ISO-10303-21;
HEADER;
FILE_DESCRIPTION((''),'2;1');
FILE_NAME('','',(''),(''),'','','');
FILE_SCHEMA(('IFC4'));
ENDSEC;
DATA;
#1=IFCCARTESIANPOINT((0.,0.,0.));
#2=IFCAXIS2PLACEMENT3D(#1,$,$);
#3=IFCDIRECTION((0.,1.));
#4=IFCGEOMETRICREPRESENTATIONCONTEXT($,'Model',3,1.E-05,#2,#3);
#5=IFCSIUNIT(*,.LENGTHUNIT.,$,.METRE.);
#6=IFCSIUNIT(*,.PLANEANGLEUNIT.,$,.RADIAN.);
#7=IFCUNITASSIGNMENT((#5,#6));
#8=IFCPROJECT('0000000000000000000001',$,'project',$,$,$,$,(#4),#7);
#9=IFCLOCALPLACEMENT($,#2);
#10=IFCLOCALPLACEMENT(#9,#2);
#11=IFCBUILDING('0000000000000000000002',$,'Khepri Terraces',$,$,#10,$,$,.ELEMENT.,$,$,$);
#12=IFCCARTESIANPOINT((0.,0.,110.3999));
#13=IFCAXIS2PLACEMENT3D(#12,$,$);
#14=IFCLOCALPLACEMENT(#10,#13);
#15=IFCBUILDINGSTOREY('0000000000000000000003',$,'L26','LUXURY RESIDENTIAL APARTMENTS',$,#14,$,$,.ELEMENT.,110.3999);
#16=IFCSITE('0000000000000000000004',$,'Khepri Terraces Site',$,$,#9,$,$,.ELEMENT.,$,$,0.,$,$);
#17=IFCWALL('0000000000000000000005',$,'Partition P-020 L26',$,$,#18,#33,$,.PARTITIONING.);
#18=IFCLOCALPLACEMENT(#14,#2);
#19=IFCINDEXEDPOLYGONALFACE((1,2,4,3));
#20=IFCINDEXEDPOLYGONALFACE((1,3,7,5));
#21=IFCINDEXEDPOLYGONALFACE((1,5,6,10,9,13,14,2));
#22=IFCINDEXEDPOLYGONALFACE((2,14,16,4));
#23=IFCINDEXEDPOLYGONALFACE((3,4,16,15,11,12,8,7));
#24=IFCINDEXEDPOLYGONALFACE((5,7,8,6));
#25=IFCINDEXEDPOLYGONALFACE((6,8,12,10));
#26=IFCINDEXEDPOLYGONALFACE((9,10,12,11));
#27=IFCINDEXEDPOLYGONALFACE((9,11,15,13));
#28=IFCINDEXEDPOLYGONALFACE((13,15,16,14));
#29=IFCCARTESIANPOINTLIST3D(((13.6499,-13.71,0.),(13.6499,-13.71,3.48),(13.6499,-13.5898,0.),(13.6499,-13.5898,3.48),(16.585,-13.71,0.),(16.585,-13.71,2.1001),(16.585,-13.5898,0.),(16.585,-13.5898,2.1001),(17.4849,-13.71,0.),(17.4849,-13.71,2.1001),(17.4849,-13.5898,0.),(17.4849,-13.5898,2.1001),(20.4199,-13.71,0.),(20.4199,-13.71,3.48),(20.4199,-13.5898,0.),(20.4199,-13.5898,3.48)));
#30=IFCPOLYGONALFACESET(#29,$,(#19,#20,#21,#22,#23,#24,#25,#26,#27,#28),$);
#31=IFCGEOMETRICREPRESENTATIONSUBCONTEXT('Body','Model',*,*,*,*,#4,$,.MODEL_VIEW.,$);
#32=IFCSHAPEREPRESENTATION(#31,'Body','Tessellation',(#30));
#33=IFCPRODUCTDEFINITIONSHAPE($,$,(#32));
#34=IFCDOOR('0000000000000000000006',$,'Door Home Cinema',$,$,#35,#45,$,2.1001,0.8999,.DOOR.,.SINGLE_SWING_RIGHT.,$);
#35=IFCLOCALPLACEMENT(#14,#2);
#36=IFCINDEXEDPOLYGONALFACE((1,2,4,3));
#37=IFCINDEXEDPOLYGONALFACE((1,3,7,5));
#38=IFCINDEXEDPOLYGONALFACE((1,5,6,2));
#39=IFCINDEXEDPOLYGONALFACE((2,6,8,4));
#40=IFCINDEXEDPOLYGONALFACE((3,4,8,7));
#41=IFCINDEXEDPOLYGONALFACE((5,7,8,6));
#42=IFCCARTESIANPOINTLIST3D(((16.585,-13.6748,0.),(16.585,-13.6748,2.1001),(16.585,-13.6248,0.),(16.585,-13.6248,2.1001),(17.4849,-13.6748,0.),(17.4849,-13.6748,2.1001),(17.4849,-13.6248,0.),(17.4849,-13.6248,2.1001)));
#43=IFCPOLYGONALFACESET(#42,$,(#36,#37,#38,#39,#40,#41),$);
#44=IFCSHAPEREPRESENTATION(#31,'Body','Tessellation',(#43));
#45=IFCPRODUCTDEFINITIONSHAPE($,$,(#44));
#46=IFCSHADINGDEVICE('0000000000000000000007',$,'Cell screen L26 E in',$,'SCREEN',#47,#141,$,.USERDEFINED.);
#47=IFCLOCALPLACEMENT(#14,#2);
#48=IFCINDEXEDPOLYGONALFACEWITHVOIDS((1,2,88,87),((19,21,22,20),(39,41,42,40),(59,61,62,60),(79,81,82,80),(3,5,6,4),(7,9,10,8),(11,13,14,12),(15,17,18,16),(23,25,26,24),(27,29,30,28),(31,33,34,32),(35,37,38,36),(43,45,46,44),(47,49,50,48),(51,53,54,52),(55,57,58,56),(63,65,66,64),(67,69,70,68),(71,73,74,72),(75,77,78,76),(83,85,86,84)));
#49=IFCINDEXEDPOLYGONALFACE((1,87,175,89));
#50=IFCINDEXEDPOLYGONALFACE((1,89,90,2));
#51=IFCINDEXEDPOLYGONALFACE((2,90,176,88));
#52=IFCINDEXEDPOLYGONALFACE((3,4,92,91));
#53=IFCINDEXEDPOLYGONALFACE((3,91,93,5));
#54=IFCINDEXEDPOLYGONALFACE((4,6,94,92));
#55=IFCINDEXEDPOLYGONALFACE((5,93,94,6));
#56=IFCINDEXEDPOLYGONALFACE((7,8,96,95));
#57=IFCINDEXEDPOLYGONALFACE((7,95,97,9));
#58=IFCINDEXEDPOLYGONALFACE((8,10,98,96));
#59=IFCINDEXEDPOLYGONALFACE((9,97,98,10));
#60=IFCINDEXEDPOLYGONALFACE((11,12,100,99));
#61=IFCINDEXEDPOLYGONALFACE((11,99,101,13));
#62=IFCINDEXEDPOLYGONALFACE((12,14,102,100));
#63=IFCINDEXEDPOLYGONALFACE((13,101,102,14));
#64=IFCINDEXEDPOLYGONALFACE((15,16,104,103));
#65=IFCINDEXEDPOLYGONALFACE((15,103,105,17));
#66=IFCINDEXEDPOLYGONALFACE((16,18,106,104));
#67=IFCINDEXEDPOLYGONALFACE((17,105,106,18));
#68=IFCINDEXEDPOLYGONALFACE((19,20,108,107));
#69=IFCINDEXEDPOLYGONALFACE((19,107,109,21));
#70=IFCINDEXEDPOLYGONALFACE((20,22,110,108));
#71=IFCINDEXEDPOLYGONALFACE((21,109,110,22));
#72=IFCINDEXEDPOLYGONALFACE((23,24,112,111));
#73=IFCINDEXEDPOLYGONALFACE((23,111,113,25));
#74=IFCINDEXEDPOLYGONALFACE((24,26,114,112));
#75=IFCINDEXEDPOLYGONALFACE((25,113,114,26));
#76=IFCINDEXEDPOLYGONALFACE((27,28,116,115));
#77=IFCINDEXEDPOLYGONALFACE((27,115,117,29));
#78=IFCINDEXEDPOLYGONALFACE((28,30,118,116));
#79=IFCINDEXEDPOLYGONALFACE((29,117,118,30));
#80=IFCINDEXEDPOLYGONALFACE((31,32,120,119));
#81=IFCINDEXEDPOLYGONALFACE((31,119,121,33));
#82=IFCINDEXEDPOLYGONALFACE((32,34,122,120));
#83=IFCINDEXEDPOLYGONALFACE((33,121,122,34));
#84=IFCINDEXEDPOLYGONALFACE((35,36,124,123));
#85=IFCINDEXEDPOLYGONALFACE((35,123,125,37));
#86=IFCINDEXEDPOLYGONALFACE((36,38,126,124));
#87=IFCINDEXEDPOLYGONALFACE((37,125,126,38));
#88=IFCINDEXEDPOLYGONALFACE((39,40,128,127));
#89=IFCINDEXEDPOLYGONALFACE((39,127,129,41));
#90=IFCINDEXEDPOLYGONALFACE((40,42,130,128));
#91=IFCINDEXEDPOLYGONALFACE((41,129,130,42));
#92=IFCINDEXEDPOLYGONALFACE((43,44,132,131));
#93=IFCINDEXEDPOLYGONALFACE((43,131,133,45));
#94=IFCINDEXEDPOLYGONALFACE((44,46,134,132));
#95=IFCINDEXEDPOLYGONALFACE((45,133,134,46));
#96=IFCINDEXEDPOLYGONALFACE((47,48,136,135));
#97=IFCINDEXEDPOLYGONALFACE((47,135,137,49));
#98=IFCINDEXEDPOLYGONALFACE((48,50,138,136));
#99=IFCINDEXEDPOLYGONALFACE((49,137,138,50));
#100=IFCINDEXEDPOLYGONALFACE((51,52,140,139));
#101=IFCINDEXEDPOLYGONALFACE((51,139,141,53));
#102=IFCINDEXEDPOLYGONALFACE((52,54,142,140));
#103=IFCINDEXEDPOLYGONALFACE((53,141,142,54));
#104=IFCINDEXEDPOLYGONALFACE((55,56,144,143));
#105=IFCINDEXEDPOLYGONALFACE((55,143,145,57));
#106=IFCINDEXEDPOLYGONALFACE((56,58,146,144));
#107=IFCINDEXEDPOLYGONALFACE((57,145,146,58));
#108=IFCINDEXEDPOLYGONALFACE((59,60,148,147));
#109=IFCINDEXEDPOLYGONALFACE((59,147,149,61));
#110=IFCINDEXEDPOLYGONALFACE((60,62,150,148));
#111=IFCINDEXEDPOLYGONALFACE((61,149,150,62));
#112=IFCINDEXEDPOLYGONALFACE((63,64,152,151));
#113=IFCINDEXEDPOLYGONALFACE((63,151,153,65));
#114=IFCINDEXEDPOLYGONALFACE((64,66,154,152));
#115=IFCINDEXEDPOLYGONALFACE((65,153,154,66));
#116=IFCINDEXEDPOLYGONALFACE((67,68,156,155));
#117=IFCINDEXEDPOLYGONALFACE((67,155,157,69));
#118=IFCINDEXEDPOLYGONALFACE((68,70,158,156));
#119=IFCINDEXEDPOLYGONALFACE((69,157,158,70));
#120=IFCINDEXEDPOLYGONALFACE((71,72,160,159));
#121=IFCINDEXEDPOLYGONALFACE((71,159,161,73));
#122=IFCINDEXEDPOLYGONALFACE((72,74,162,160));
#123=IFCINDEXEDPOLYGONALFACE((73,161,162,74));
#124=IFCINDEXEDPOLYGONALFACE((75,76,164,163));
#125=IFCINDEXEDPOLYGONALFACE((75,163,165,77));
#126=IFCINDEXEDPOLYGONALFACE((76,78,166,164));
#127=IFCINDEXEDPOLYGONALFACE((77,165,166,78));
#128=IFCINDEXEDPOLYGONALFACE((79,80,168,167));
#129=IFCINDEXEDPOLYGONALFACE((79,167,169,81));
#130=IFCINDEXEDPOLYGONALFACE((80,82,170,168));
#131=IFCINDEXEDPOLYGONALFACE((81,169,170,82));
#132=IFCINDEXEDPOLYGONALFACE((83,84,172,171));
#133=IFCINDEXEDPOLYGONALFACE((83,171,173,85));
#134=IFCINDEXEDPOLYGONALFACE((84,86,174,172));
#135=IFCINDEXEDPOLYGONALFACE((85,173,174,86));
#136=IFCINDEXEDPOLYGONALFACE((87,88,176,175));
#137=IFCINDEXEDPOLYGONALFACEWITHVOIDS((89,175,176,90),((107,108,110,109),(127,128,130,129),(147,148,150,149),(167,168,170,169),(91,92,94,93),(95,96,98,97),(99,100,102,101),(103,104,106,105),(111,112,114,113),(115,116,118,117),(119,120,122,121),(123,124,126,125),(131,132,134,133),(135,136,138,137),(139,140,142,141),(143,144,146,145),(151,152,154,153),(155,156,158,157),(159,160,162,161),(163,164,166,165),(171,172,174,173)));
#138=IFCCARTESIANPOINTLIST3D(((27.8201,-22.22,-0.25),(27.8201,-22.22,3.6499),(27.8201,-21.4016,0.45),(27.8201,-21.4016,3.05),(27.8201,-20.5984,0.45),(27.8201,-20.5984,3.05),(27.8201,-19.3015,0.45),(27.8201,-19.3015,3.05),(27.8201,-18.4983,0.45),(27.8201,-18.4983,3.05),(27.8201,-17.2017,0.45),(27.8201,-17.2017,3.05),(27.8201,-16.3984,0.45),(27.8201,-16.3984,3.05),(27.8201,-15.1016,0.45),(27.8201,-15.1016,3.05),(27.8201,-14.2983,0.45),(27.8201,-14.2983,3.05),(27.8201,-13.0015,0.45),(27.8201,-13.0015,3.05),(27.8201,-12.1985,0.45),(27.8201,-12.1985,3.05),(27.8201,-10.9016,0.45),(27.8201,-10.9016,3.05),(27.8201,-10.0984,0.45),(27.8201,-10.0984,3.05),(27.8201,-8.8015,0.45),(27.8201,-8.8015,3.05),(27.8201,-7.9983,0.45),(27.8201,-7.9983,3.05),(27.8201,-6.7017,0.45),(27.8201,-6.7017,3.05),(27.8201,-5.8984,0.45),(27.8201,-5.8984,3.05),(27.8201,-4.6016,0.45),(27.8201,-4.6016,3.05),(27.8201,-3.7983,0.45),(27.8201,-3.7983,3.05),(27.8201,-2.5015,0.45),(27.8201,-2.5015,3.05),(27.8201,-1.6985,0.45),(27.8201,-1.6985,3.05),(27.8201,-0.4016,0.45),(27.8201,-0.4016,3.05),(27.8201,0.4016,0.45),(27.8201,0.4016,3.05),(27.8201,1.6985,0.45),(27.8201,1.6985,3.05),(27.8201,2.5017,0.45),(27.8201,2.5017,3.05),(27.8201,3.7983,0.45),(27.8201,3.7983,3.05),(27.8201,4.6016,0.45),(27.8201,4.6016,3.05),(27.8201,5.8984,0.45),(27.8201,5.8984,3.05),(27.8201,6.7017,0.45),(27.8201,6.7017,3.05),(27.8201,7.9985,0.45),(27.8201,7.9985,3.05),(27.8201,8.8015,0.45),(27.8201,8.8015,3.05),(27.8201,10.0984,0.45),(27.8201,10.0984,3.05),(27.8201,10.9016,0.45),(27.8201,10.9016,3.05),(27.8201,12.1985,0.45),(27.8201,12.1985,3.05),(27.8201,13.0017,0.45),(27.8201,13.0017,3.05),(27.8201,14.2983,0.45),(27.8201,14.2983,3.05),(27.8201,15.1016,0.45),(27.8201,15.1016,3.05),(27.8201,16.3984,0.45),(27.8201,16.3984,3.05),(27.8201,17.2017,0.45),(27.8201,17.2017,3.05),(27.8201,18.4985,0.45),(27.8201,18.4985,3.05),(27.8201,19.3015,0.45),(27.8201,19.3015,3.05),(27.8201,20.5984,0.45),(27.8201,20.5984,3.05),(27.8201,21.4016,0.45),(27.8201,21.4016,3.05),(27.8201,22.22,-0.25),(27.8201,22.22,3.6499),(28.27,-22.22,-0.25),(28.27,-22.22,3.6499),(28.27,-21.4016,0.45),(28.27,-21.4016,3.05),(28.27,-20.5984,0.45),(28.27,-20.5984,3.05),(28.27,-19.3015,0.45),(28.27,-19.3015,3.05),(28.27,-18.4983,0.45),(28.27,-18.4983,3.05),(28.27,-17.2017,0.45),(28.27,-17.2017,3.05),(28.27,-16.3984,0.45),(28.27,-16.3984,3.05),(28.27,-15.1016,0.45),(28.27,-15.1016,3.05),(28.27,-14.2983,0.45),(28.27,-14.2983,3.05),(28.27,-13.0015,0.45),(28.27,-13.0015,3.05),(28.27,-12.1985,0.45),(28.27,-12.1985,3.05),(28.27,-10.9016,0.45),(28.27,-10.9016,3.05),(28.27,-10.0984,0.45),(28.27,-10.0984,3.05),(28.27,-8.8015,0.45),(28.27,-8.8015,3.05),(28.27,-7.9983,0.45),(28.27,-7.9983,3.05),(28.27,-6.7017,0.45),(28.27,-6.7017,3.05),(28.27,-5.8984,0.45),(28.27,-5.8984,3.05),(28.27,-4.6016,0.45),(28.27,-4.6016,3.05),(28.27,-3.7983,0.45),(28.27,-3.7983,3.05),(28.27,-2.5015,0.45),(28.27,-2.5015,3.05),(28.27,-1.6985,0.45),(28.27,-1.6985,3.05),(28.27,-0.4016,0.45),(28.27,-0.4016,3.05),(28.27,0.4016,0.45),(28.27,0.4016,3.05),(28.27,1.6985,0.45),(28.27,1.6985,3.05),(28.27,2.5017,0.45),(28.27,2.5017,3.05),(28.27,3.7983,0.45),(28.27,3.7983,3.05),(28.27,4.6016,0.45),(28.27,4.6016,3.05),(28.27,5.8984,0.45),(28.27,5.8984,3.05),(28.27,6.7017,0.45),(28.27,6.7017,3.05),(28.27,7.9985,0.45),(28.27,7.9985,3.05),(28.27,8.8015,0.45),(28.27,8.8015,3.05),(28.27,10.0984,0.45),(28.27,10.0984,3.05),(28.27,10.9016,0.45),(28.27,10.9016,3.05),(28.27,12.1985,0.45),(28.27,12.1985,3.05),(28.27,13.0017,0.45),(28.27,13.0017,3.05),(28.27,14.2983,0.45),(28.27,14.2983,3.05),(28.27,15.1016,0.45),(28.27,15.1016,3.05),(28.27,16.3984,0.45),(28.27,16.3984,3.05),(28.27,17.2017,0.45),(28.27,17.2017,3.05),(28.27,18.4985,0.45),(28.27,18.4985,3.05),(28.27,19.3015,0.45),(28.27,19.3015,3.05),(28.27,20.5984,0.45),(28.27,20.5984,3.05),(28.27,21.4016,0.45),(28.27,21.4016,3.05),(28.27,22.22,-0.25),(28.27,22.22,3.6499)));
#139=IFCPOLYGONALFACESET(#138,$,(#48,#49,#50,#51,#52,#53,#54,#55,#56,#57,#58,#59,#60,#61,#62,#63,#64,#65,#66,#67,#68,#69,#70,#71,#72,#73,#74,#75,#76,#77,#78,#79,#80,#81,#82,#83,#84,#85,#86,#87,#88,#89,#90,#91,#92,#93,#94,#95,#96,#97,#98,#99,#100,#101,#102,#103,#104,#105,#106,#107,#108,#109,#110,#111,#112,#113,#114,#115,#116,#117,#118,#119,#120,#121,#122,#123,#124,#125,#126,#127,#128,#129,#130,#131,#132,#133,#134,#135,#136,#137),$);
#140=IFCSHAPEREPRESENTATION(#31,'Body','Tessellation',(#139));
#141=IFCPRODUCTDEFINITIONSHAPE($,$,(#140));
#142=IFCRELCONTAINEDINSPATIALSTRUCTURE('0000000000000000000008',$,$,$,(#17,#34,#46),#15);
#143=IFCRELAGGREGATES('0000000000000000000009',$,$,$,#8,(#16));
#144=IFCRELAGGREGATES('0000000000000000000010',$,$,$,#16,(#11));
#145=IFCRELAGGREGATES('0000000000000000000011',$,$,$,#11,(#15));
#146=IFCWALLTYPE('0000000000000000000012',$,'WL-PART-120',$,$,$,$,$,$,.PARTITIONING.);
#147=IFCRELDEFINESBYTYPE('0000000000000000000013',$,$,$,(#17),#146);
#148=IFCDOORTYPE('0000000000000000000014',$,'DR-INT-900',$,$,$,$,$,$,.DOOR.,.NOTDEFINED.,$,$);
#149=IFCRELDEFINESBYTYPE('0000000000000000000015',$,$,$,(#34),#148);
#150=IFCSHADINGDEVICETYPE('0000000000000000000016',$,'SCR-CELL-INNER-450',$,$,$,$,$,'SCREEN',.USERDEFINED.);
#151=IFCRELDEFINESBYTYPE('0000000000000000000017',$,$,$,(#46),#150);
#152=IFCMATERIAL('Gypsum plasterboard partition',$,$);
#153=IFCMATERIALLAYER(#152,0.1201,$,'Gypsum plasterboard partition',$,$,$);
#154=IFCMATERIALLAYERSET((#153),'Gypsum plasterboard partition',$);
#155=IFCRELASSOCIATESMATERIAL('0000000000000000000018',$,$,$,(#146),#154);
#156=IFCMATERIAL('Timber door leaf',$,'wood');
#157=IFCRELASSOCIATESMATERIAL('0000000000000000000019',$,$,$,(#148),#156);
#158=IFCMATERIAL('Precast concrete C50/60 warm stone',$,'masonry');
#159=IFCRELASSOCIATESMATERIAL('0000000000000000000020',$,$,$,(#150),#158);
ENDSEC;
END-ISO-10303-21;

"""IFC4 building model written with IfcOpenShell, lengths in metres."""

from ifc_helpers import new_model, si_unit, direction, frame, frame_2d, origin, place, context, subcontext, project, spatial, polyline, rectangle, outline, extrude, material, layer, layer_set, type_object, element, fill, save


model = new_model("IFC4")

# Units and contexts
model_context = context("Model", 3, precision=1e-05, world=origin(), true_north=direction((0.0, 1.0)))
body_context = subcontext(model_context, "Body", "Model", "MODEL_VIEW")
ifc_project = project(units=[si_unit("LENGTHUNIT", "METRE"), si_unit("PLANEANGLEUNIT", "RADIAN")], contexts=[model_context])

# Site, building, storey
site_placement = place(None, origin())
site = spatial("IfcSite", under=ifc_project, at=site_placement, Name="Khepri Terraces Site", CompositionType="ELEMENT", RefElevation=0.0)
building_placement = place(site_placement, origin())
building = spatial("IfcBuilding", under=site, at=building_placement, Name="Khepri Terraces", CompositionType="ELEMENT")
storey_placement = place(building_placement, frame((0.0, 0.0, 110.3999)))
storey = spatial("IfcBuildingStorey", under=building, at=storey_placement, Name="L26", Description="LUXURY RESIDENTIAL APARTMENTS", CompositionType="ELEMENT", Elevation=110.3999)

# Shared definitions
ifc_material_1 = material(Name="Precast concrete C50/60 warm stone", Category="masonry")

# Shared definitions
ifc_material_2 = material(Name="Gypsum plasterboard partition")
ifc_layer_1 = layer(ifc_material_2, 0.1201, Name="Gypsum plasterboard partition")
ifc_layer_set_1 = layer_set([ifc_layer_1], Name="Gypsum plasterboard partition")
wall_type_1 = type_object("IfcWallType", Name="WL-PART-120", PredefinedType="PARTITIONING", material=ifc_layer_set_1)

# Wall, opening, door
wall_1_placement = place(storey_placement, frame((13.6499, -13.6499, 0.0), z_axis=(0.0, 0.0, 1.0), x_axis=(1.0, 0.0, 0.0)))
wall_1 = element("IfcWall", 1, at=wall_1_placement, inside=storey, type_object=wall_type_1, Name="Partition P-020 L26", PredefinedType="PARTITIONING", context=body_context, shape_type="SweptSolid", body=[
    extrude(rectangle(XDim=6.77, YDim=0.1201, at=frame_2d((3.385, 0.0))), origin(), (0.0, 0.0, 1.0), 3.48),
])
opening_1_placement = place(wall_1_placement, frame((2.9351, 0.0, 0.0)))
opening_1 = element("IfcOpeningElement", 2, at=opening_1_placement, cuts=wall_1, PredefinedType="OPENING", context=body_context, shape_type="SweptSolid", body=[
    extrude(rectangle(XDim=0.8999, YDim=2.1001, at=frame_2d((0.45, 1.05))), frame((0.0, 0.0701, 0.0), z_axis=(0.0, -1.0, 0.0), x_axis=(1.0, 0.0, 0.0)), (0.0, 0.0, 1.0), 0.1401),
])
ifc_material_3 = material(Name="Timber door leaf", Category="wood")
door_type_1 = type_object("IfcDoorType", Name="DR-INT-900", OperationType="NOTDEFINED", PredefinedType="DOOR", material=ifc_material_3)
door_1_placement = place(opening_1_placement, frame((0.8999, 0.0, 0.0), z_axis=(0.0, 0.0, 1.0), x_axis=(-1.0, 0.0, 0.0)))
door_1 = element("IfcDoor", 3, at=door_1_placement, inside=storey, type_object=door_type_1, Name="Door Home Cinema", OperationType="SINGLE_SWING_RIGHT", OverallHeight=2.1001, OverallWidth=0.8999, PredefinedType="DOOR", context=body_context, shape_type="SweptSolid", body=[
    extrude(rectangle(XDim=0.8999, YDim=2.1001, at=frame_2d((0.45, 1.05))), frame((0.0, 0.0249, 0.0), z_axis=(0.0, -1.0, 0.0), x_axis=(1.0, 0.0, 0.0)), (0.0, 0.0, 1.0), 0.05),
])
fill(opening_1, door_1)

# Shading device
shading_device_type_1 = type_object("IfcShadingDeviceType", Name="SCR-CELL-INNER-450", ElementType="SCREEN", PredefinedType="USERDEFINED", material=ifc_material_1)
shading_device_1_placement = place(storey_placement, frame((27.8201, -22.22, -0.25), z_axis=(1.0, 0.0, 0.0), x_axis=(0.0, 1.0, 0.0)))
element("IfcShadingDevice", 4, at=shading_device_1_placement, inside=storey, type_object=shading_device_type_1, Name="Cell screen L26 E in", ObjectType="SCREEN", PredefinedType="USERDEFINED", context=body_context, shape_type="SweptSolid", body=[
    extrude(outline(polyline([(0.0, 0.0), (44.4399, 0.0), (44.4399, 3.8999), (0.0, 3.8999), (0.0, 0.0)]), holes=[polyline([(0.8184, 0.7), (1.6216, 0.7), (1.6216, 3.3), (0.8184, 3.3), (0.8184, 0.7)]), polyline([(2.9185, 0.7), (3.7217, 0.7), (3.7217, 3.3), (2.9185, 3.3), (2.9185, 0.7)]), polyline([(5.0183, 0.7), (5.8215, 0.7), (5.8215, 3.3), (5.0183, 3.3), (5.0183, 0.7)]), polyline([(7.1184, 0.7), (7.9216, 0.7), (7.9216, 3.3), (7.1184, 3.3), (7.1184, 0.7)]), polyline([(9.2185, 0.7), (10.0215, 0.7), (10.0215, 3.3), (9.2185, 3.3), (9.2185, 0.7)]), polyline([(11.3184, 0.7), (12.1216, 0.7), (12.1216, 3.3), (11.3184, 3.3), (11.3184, 0.7)]), polyline([(13.4185, 0.7), (14.2217, 0.7), (14.2217, 3.3), (13.4185, 3.3), (13.4185, 0.7)]), polyline([(15.5183, 0.7), (16.3215, 0.7), (16.3215, 3.3), (15.5183, 3.3), (15.5183, 0.7)]), polyline([(17.6184, 0.7), (18.4216, 0.7), (18.4216, 3.3), (17.6184, 3.3), (17.6184, 0.7)]), polyline([(19.7185, 0.7), (20.5215, 0.7), (20.5215, 3.3), (19.7185, 3.3), (19.7185, 0.7)]), polyline([(21.8184, 0.7), (22.6216, 0.7), (22.6216, 3.3), (21.8184, 3.3), (21.8184, 0.7)]), polyline([(23.9185, 0.7), (24.7217, 0.7), (24.7217, 3.3), (23.9185, 3.3), (23.9185, 0.7)]), polyline([(26.0183, 0.7), (26.8215, 0.7), (26.8215, 3.3), (26.0183, 3.3), (26.0183, 0.7)]), polyline([(28.1184, 0.7), (28.9216, 0.7), (28.9216, 3.3), (28.1184, 3.3), (28.1184, 0.7)]), polyline([(30.2185, 0.7), (31.0215, 0.7), (31.0215, 3.3), (30.2185, 3.3), (30.2185, 0.7)]), polyline([(32.3184, 0.7), (33.1216, 0.7), (33.1216, 3.3), (32.3184, 3.3), (32.3184, 0.7)]), polyline([(34.4185, 0.7), (35.2217, 0.7), (35.2217, 3.3), (34.4185, 3.3), (34.4185, 0.7)]), polyline([(36.5183, 0.7), (37.3215, 0.7), (37.3215, 3.3), (36.5183, 3.3), (36.5183, 0.7)]), polyline([(38.6184, 0.7), (39.4216, 0.7), (39.4216, 3.3), (38.6184, 3.3), (38.6184, 0.7)]), polyline([(40.7185, 0.7), (41.5215, 0.7), (41.5215, 3.3), (40.7185, 3.3), (40.7185, 0.7)]), polyline([(42.8184, 0.7), (43.6216, 0.7), (43.6216, 3.3), (42.8184, 3.3), (42.8184, 0.7)])]), origin(), (0.0, 0.0, 1.0), 0.45),
])

save(model, "model.ifc")
